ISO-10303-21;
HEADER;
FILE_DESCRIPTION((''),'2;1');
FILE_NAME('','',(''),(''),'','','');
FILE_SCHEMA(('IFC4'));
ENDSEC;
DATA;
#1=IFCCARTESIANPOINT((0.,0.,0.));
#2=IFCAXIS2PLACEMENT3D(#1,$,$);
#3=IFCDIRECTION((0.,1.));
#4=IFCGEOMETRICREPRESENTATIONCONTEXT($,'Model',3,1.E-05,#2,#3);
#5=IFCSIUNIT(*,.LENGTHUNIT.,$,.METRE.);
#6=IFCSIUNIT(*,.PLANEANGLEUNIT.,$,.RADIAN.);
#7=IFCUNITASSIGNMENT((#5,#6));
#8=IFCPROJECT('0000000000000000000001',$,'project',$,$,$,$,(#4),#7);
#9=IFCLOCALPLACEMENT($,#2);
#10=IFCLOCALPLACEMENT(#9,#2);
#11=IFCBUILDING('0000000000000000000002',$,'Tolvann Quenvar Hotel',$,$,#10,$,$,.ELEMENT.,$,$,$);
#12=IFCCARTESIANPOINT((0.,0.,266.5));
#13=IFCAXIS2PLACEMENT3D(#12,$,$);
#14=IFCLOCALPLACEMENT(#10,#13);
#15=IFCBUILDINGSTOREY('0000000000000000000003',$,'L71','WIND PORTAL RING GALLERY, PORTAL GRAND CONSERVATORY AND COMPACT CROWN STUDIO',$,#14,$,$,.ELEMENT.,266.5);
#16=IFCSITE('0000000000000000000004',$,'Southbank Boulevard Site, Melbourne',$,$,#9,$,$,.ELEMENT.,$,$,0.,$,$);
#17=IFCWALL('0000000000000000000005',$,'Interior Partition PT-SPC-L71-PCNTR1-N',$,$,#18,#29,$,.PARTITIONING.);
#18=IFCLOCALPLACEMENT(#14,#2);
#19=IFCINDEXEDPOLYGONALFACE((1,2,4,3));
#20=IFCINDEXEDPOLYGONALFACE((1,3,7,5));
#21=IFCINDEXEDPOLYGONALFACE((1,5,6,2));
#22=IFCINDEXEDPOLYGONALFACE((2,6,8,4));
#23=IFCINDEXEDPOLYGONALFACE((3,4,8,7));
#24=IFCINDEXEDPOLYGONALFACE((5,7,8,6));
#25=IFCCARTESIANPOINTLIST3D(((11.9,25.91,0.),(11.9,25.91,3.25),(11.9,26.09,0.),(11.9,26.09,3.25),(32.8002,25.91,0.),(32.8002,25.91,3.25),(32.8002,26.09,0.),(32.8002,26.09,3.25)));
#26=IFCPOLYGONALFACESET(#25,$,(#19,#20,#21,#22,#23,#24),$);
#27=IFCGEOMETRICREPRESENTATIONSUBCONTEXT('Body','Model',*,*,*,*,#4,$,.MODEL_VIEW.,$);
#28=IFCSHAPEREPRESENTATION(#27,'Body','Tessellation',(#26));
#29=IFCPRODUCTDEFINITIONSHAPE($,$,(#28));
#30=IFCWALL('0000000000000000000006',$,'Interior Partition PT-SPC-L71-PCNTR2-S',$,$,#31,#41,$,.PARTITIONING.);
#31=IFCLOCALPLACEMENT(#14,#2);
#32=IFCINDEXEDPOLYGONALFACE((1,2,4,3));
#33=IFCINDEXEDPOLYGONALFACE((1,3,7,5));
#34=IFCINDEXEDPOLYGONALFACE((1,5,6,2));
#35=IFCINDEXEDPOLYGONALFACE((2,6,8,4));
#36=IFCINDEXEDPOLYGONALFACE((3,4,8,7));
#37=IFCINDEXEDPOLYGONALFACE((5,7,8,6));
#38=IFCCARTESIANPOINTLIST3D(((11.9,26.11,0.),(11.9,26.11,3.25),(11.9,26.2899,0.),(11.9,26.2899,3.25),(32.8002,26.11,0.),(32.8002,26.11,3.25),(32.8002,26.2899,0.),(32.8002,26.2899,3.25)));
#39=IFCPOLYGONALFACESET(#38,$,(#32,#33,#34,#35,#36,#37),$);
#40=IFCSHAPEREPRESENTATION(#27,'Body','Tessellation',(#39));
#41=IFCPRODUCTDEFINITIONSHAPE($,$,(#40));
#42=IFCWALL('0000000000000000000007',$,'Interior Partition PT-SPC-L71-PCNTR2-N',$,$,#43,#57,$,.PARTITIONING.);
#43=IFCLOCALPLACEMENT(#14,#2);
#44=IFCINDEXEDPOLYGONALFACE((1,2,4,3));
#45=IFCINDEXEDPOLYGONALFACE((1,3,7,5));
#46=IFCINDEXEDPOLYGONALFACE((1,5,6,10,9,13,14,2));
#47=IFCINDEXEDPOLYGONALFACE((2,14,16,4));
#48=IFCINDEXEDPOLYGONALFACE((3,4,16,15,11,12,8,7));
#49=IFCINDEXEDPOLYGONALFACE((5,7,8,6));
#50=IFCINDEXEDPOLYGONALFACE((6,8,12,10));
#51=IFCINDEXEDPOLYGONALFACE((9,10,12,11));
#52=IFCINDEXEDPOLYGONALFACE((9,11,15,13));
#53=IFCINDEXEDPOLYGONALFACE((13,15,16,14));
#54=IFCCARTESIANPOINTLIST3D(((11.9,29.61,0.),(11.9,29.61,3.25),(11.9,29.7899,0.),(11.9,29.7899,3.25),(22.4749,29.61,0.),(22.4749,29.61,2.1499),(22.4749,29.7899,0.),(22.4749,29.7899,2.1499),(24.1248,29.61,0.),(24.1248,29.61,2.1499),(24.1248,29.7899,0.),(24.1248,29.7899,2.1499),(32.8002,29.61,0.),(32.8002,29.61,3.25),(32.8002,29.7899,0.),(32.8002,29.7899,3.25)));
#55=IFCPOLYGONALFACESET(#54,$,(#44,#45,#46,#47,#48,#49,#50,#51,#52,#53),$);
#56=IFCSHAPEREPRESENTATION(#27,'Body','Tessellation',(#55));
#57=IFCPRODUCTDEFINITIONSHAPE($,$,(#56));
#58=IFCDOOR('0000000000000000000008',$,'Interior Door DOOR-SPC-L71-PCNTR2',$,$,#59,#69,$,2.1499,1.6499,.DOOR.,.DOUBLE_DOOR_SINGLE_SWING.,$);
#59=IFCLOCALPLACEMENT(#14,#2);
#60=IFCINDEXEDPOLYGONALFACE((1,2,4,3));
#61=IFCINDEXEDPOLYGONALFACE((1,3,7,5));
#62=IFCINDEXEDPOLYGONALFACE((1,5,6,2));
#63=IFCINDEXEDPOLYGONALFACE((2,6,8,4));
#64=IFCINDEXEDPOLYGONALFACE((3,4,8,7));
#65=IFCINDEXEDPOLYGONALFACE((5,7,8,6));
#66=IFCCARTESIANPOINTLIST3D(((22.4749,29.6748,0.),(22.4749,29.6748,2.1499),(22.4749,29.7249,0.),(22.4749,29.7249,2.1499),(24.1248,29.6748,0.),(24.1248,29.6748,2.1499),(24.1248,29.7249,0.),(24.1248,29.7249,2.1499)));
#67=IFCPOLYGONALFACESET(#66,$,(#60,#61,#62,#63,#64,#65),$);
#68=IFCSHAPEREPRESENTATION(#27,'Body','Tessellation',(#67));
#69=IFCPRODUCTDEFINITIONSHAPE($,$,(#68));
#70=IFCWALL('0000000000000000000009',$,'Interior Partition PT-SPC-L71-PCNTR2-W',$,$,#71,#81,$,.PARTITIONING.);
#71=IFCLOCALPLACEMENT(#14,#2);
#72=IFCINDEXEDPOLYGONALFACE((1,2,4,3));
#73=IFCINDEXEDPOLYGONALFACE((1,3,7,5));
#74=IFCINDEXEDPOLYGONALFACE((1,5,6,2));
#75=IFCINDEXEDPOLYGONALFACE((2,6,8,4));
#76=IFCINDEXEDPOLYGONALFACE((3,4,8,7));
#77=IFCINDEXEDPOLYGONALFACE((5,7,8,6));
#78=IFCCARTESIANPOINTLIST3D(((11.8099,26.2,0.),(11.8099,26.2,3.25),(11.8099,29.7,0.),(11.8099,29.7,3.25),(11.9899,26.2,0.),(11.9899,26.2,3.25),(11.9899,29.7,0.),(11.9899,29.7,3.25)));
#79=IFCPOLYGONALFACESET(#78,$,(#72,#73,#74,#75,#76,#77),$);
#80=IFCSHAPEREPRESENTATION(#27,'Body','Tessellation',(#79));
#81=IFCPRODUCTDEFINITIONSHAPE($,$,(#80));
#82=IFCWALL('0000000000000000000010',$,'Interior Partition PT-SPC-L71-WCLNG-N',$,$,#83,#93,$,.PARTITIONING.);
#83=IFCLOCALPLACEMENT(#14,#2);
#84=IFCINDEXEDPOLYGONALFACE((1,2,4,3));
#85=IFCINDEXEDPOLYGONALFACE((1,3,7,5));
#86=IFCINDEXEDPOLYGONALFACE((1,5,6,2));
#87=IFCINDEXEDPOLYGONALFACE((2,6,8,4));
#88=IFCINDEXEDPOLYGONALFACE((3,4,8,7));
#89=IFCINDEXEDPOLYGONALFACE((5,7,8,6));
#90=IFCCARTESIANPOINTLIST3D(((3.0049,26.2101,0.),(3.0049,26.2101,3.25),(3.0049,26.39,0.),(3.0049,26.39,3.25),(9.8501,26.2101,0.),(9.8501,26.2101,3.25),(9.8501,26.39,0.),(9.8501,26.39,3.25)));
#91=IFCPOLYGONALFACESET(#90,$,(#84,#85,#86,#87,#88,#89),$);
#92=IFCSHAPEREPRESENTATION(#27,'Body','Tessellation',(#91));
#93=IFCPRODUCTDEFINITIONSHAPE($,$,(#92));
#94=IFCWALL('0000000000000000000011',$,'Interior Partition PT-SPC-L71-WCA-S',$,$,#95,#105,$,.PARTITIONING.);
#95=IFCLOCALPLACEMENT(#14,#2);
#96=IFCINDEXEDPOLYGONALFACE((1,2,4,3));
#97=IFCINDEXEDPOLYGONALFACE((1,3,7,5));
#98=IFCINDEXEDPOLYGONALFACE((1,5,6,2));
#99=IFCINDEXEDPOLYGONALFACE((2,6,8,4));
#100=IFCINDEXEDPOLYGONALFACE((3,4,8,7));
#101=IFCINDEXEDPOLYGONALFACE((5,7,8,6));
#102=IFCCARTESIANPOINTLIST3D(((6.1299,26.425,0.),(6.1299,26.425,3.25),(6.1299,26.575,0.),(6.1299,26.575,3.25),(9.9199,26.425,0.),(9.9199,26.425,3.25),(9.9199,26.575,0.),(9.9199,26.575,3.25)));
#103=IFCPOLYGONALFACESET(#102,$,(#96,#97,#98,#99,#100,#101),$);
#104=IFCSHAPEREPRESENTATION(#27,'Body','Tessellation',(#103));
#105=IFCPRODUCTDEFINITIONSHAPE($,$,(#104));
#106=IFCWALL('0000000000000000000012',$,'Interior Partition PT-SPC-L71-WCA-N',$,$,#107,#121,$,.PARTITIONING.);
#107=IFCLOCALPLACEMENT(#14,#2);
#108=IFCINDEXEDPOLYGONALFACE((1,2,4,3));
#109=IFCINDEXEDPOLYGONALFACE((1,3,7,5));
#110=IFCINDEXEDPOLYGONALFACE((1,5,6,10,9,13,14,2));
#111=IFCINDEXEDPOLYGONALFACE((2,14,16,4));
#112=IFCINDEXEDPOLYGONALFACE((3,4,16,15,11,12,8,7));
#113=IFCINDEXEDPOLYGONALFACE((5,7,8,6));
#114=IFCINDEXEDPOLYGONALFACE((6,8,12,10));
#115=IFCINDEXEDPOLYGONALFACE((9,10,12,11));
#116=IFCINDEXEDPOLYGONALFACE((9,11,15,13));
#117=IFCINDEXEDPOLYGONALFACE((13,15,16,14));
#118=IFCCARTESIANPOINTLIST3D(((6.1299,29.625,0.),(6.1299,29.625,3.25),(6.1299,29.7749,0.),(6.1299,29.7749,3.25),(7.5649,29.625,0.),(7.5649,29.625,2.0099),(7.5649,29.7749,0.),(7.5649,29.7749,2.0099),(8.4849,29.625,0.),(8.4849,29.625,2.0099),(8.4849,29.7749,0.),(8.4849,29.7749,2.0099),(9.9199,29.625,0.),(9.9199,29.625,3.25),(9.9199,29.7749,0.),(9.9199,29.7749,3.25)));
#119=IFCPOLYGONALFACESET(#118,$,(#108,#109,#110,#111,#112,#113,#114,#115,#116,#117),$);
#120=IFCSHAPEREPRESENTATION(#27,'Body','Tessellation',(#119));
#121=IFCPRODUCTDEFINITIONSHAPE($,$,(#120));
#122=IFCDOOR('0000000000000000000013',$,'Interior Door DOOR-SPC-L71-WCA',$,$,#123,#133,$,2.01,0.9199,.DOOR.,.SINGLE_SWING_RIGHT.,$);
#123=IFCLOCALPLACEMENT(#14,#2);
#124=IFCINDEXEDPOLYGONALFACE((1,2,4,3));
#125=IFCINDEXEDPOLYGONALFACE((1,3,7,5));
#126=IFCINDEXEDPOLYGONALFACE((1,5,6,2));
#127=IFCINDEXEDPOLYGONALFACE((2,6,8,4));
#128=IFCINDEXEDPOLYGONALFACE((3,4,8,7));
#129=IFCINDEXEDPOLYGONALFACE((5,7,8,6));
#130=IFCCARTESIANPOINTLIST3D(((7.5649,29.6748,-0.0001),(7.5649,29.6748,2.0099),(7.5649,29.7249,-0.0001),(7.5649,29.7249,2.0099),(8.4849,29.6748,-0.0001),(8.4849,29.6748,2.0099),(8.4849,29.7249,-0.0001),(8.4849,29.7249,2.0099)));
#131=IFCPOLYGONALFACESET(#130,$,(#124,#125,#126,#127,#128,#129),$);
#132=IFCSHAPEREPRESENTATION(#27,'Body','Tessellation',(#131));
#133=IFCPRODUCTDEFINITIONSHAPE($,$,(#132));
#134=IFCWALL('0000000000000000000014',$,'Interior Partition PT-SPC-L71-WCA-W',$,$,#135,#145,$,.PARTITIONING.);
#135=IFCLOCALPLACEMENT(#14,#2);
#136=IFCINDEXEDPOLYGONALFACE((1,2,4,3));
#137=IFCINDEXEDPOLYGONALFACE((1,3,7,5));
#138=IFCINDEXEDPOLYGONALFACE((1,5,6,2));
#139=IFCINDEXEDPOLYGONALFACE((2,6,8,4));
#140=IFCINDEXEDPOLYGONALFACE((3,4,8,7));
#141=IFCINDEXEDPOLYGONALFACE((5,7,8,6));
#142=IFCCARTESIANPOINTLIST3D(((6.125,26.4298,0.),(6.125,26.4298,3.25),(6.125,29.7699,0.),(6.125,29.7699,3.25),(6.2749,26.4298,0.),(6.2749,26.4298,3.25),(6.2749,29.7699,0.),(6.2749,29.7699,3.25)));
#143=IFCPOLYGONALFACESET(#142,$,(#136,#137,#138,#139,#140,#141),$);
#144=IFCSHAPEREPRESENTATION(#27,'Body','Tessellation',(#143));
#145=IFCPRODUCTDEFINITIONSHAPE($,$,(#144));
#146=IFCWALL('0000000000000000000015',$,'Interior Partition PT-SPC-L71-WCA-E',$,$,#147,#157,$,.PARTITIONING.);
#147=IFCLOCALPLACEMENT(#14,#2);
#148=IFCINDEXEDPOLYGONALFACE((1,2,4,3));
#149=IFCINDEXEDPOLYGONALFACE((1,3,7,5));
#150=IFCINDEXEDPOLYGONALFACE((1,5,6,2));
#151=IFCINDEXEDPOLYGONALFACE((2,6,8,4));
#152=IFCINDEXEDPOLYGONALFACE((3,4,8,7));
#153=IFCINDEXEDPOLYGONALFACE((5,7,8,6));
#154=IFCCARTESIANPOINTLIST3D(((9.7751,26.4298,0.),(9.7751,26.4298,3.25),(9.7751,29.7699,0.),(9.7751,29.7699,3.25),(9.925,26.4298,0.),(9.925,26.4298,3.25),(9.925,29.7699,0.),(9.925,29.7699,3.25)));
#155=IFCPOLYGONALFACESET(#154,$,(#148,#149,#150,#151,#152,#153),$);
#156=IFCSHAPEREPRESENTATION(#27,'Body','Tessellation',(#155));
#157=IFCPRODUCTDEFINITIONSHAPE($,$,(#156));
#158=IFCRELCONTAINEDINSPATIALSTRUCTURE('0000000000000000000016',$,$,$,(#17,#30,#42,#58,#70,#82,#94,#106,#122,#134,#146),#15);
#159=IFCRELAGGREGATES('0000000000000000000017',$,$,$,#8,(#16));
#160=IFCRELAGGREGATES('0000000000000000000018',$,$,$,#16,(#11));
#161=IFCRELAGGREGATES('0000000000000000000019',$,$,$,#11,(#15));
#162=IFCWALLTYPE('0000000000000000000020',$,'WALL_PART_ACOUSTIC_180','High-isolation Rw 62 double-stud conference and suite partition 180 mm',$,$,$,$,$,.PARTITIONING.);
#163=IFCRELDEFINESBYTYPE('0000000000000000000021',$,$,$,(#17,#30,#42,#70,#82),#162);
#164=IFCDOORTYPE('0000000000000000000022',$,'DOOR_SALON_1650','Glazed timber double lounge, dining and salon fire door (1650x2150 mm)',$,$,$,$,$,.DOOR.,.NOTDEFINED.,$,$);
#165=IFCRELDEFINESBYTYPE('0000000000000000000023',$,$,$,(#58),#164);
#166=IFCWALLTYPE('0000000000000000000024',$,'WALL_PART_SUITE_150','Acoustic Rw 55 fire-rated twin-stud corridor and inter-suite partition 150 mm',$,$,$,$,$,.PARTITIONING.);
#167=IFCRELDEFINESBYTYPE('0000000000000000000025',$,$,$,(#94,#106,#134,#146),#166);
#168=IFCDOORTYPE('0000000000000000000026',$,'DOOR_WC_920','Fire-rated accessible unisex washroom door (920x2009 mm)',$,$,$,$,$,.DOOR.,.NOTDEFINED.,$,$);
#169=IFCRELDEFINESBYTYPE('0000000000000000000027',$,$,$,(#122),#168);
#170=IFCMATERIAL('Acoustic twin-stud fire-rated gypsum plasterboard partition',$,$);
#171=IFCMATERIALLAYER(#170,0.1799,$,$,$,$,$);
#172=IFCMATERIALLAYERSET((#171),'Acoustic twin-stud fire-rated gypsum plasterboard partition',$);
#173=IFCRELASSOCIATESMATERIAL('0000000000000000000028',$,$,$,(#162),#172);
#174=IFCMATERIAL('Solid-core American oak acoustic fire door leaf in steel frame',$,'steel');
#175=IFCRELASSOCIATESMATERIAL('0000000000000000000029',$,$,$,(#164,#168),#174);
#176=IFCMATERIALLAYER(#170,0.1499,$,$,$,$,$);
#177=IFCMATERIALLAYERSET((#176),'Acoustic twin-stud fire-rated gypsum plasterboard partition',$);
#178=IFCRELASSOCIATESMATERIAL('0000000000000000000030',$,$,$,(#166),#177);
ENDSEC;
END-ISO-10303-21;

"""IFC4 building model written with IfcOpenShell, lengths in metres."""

from ifc_helpers import new_model, si_unit, direction, frame, frame_2d, origin, place, context, subcontext, project, spatial, rectangle, extrude, source, transform, mapped, material, layer, layer_set, type_object, type_shapes, element, fill, save


model = new_model("IFC4")

# Units and contexts
model_context = context("Model", 3, precision=1e-05, world=origin(), true_north=direction((0.0, 1.0)))
body_context = subcontext(model_context, "Body", "Model", "MODEL_VIEW")
ifc_project = project(units=[si_unit("LENGTHUNIT", "METRE"), si_unit("PLANEANGLEUNIT", "RADIAN")], contexts=[model_context])

# Site, building, storey
site_placement = place(None, origin())
site = spatial("IfcSite", under=ifc_project, at=site_placement, Name="Southbank Boulevard Site, Melbourne", CompositionType="ELEMENT", RefElevation=0.0)
building_placement = place(site_placement, origin())
building = spatial("IfcBuilding", under=site, at=building_placement, Name="Tolvann Quenvar Hotel", CompositionType="ELEMENT")
storey_placement = place(building_placement, frame((0.0, 0.0, 266.5)))
storey = spatial("IfcBuildingStorey", under=building, at=storey_placement, Name="L71", Description="WIND PORTAL RING GALLERY, PORTAL GRAND CONSERVATORY AND COMPACT CROWN STUDIO", CompositionType="ELEMENT", Elevation=266.5)

# Shared definitions
ifc_material_1 = material(Name="Solid-core American oak acoustic fire door leaf in steel frame", Category="steel")

# Walls
ifc_material_2 = material(Name="Acoustic twin-stud fire-rated gypsum plasterboard partition")
ifc_layer_1 = layer(ifc_material_2, 0.1799)
ifc_layer_set_1 = layer_set([ifc_layer_1], Name="Acoustic twin-stud fire-rated gypsum plasterboard partition")
wall_type_1 = type_object("IfcWallType", Name="WALL_PART_ACOUSTIC_180", Description="High-isolation Rw 62 double-stud conference and suite partition 180 mm", PredefinedType="PARTITIONING", material=ifc_layer_set_1)
for number, where, z_axis, x_axis, name in (
    (1, (11.8999, 26.0, 0.0), (0.0, 0.0, 1.0), (1.0, 0.0, 0.0), "Interior Partition PT-SPC-L71-PCNTR1-N"),
    (2, (11.8999, 26.2, 0.0), (0.0, 0.0, 1.0), (1.0, 0.0, 0.0), "Interior Partition PT-SPC-L71-PCNTR2-S"),
):
    element("IfcWall", number, at=place(storey_placement, frame(where, z_axis=z_axis, x_axis=x_axis)), inside=storey, type_object=wall_type_1, Name=name, PredefinedType="PARTITIONING", context=body_context, shape_type="SweptSolid", body=[
        extrude(rectangle(XDim=20.9001, YDim=0.1799, at=frame_2d((10.4502, 0.0))), origin(), (0.0, 0.0, 1.0), 3.25),
    ])

# Wall, opening, door
wall_1_placement = place(storey_placement, frame((11.8999, 29.7, 0.0), z_axis=(0.0, 0.0, 1.0), x_axis=(1.0, 0.0, 0.0)))
wall_1 = element("IfcWall", 3, at=wall_1_placement, inside=storey, type_object=wall_type_1, Name="Interior Partition PT-SPC-L71-PCNTR2-N", PredefinedType="PARTITIONING", context=body_context, shape_type="SweptSolid", body=[
    extrude(rectangle(XDim=20.9001, YDim=0.1799, at=frame_2d((10.4502, 0.0))), origin(), (0.0, 0.0, 1.0), 3.25),
])
opening_1_placement = place(wall_1_placement, frame((10.575, 0.0, 0.0)))
opening_1 = element("IfcOpeningElement", 4, at=opening_1_placement, cuts=wall_1, PredefinedType="OPENING", context=body_context, shape_type="SweptSolid", body=[
    extrude(rectangle(XDim=1.6499, YDim=2.1499, at=frame_2d((0.825, 1.075))), frame((0.0, 0.1001, 0.0), z_axis=(0.0, -1.0, 0.0), x_axis=(1.0, 0.0, 0.0)), (0.0, 0.0, 1.0), 0.2),
])
door_type_1 = type_object("IfcDoorType", Name="DOOR_SALON_1650", Description="Glazed timber double lounge, dining and salon fire door (1650x2150 mm)", OperationType="NOTDEFINED", PredefinedType="DOOR", material=ifc_material_1)
shared_shape_1 = source(origin(), body_context, "Body", "SweptSolid", [
    extrude(rectangle(XDim=1.6499, YDim=2.1499, at=frame_2d((0.825, 1.075))), frame((0.0, 0.0249, 0.0), z_axis=(0.0, -1.0, 0.0), x_axis=(1.0, 0.0, 0.0)), (0.0, 0.0, 1.0), 0.05),
])
type_shapes(door_type_1, [shared_shape_1])
door_1_placement = place(opening_1_placement, origin())
door_1 = element("IfcDoor", 5, at=door_1_placement, inside=storey, type_object=door_type_1, Name="Interior Door DOOR-SPC-L71-PCNTR2", OperationType="DOUBLE_DOOR_SINGLE_SWING", OverallHeight=2.1499, OverallWidth=1.6499, PredefinedType="DOOR", context=body_context, shape_type="MappedRepresentation", body=[
    mapped(shared_shape_1, transform((0.0, 0.0, 0.0), x_axis=(1.0, 0.0, 0.0), y_axis=(0.0, 1.0, 0.0), z_axis=(0.0, 0.0, 1.0), scale=1.0)),
])
fill(opening_1, door_1)

# Walls
wall_2_placement = place(storey_placement, frame((11.8999, 26.2, 0.0), z_axis=(0.0, 0.0, 1.0), x_axis=(0.0, 1.0, 0.0)))
element("IfcWall", 6, at=wall_2_placement, inside=storey, type_object=wall_type_1, Name="Interior Partition PT-SPC-L71-PCNTR2-W", PredefinedType="PARTITIONING", context=body_context, shape_type="SweptSolid", body=[
    extrude(rectangle(XDim=3.5, YDim=0.1799, at=frame_2d((1.75, 0.0))), origin(), (0.0, 0.0, 1.0), 3.25),
])
wall_3_placement = place(storey_placement, frame((3.0049, 26.3, 0.0), z_axis=(0.0, 0.0, 1.0), x_axis=(1.0, 0.0, 0.0)))
element("IfcWall", 7, at=wall_3_placement, inside=storey, type_object=wall_type_1, Name="Interior Partition PT-SPC-L71-WCLNG-N", PredefinedType="PARTITIONING", context=body_context, shape_type="SweptSolid", body=[
    extrude(rectangle(XDim=6.8452, YDim=0.1799, at=frame_2d((3.4226, 0.0))), origin(), (0.0, 0.0, 1.0), 3.25),
])
ifc_layer_2 = layer(ifc_material_2, 0.1499)
ifc_layer_set_2 = layer_set([ifc_layer_2], Name="Acoustic twin-stud fire-rated gypsum plasterboard partition")
wall_type_2 = type_object("IfcWallType", Name="WALL_PART_SUITE_150", Description="Acoustic Rw 55 fire-rated twin-stud corridor and inter-suite partition 150 mm", PredefinedType="PARTITIONING", material=ifc_layer_set_2)
wall_4_placement = place(storey_placement, frame((6.1299, 26.5, 0.0), z_axis=(0.0, 0.0, 1.0), x_axis=(1.0, 0.0, 0.0)))
element("IfcWall", 8, at=wall_4_placement, inside=storey, type_object=wall_type_2, Name="Interior Partition PT-SPC-L71-WCA-S", PredefinedType="PARTITIONING", context=body_context, shape_type="SweptSolid", body=[
    extrude(rectangle(XDim=3.79, YDim=0.1499, at=frame_2d((1.895, 0.0))), origin(), (0.0, 0.0, 1.0), 3.25),
])

# Wall, opening, door
wall_5_placement = place(storey_placement, frame((6.1299, 29.7, 0.0), z_axis=(0.0, 0.0, 1.0), x_axis=(1.0, 0.0, 0.0)))
wall_5 = element("IfcWall", 9, at=wall_5_placement, inside=storey, type_object=wall_type_2, Name="Interior Partition PT-SPC-L71-WCA-N", PredefinedType="PARTITIONING", context=body_context, shape_type="SweptSolid", body=[
    extrude(rectangle(XDim=3.79, YDim=0.1499, at=frame_2d((1.895, 0.0))), origin(), (0.0, 0.0, 1.0), 3.25),
])
opening_2_placement = place(wall_5_placement, frame((1.4351, 0.0, 0.0)))
opening_2 = element("IfcOpeningElement", 10, at=opening_2_placement, cuts=wall_5, PredefinedType="OPENING", context=body_context, shape_type="SweptSolid", body=[
    extrude(rectangle(XDim=0.9199, YDim=2.01, at=frame_2d((0.46, 1.0049))), frame((0.0, 0.085, 0.0), z_axis=(0.0, -1.0, 0.0), x_axis=(1.0, 0.0, 0.0)), (0.0, 0.0, 1.0), 0.1699),
])
door_type_2 = type_object("IfcDoorType", Name="DOOR_WC_920", Description="Fire-rated accessible unisex washroom door (920x2009 mm)", OperationType="NOTDEFINED", PredefinedType="DOOR", material=ifc_material_1)
shared_shape_2 = source(origin(), body_context, "Body", "SweptSolid", [
    extrude(rectangle(XDim=0.9199, YDim=2.01, at=frame_2d((0.46, 1.0049))), frame((0.0, 0.0249, 0.0), z_axis=(0.0, -1.0, 0.0), x_axis=(1.0, 0.0, 0.0)), (0.0, 0.0, 1.0), 0.05),
])
type_shapes(door_type_2, [shared_shape_2])
door_2_placement = place(opening_2_placement, origin())
door_2 = element("IfcDoor", 11, at=door_2_placement, inside=storey, type_object=door_type_2, Name="Interior Door DOOR-SPC-L71-WCA", OperationType="SINGLE_SWING_RIGHT", OverallHeight=2.01, OverallWidth=0.9199, PredefinedType="DOOR", context=body_context, shape_type="MappedRepresentation", body=[
    mapped(shared_shape_2, transform((0.0, 0.0, 0.0), x_axis=(1.0, 0.0, 0.0), y_axis=(0.0, 1.0, 0.0), z_axis=(0.0, 0.0, 1.0), scale=1.0)),
])
fill(opening_2, door_2)

# Walls
for number, where, z_axis, x_axis, name in (
    (12, (6.2, 26.4299, 0.0), (0.0, 0.0, 1.0), (0.0, 1.0, 0.0), "Interior Partition PT-SPC-L71-WCA-W"),
    (13, (9.8501, 26.4299, 0.0), (0.0, 0.0, 1.0), (0.0, 1.0, 0.0), "Interior Partition PT-SPC-L71-WCA-E"),
):
    element("IfcWall", number, at=place(storey_placement, frame(where, z_axis=z_axis, x_axis=x_axis)), inside=storey, type_object=wall_type_2, Name=name, PredefinedType="PARTITIONING", context=body_context, shape_type="SweptSolid", body=[
        extrude(rectangle(XDim=3.3401, YDim=0.1499, at=frame_2d((1.6699, 0.0))), origin(), (0.0, 0.0, 1.0), 3.25),
    ])

save(model, "model.ifc")
